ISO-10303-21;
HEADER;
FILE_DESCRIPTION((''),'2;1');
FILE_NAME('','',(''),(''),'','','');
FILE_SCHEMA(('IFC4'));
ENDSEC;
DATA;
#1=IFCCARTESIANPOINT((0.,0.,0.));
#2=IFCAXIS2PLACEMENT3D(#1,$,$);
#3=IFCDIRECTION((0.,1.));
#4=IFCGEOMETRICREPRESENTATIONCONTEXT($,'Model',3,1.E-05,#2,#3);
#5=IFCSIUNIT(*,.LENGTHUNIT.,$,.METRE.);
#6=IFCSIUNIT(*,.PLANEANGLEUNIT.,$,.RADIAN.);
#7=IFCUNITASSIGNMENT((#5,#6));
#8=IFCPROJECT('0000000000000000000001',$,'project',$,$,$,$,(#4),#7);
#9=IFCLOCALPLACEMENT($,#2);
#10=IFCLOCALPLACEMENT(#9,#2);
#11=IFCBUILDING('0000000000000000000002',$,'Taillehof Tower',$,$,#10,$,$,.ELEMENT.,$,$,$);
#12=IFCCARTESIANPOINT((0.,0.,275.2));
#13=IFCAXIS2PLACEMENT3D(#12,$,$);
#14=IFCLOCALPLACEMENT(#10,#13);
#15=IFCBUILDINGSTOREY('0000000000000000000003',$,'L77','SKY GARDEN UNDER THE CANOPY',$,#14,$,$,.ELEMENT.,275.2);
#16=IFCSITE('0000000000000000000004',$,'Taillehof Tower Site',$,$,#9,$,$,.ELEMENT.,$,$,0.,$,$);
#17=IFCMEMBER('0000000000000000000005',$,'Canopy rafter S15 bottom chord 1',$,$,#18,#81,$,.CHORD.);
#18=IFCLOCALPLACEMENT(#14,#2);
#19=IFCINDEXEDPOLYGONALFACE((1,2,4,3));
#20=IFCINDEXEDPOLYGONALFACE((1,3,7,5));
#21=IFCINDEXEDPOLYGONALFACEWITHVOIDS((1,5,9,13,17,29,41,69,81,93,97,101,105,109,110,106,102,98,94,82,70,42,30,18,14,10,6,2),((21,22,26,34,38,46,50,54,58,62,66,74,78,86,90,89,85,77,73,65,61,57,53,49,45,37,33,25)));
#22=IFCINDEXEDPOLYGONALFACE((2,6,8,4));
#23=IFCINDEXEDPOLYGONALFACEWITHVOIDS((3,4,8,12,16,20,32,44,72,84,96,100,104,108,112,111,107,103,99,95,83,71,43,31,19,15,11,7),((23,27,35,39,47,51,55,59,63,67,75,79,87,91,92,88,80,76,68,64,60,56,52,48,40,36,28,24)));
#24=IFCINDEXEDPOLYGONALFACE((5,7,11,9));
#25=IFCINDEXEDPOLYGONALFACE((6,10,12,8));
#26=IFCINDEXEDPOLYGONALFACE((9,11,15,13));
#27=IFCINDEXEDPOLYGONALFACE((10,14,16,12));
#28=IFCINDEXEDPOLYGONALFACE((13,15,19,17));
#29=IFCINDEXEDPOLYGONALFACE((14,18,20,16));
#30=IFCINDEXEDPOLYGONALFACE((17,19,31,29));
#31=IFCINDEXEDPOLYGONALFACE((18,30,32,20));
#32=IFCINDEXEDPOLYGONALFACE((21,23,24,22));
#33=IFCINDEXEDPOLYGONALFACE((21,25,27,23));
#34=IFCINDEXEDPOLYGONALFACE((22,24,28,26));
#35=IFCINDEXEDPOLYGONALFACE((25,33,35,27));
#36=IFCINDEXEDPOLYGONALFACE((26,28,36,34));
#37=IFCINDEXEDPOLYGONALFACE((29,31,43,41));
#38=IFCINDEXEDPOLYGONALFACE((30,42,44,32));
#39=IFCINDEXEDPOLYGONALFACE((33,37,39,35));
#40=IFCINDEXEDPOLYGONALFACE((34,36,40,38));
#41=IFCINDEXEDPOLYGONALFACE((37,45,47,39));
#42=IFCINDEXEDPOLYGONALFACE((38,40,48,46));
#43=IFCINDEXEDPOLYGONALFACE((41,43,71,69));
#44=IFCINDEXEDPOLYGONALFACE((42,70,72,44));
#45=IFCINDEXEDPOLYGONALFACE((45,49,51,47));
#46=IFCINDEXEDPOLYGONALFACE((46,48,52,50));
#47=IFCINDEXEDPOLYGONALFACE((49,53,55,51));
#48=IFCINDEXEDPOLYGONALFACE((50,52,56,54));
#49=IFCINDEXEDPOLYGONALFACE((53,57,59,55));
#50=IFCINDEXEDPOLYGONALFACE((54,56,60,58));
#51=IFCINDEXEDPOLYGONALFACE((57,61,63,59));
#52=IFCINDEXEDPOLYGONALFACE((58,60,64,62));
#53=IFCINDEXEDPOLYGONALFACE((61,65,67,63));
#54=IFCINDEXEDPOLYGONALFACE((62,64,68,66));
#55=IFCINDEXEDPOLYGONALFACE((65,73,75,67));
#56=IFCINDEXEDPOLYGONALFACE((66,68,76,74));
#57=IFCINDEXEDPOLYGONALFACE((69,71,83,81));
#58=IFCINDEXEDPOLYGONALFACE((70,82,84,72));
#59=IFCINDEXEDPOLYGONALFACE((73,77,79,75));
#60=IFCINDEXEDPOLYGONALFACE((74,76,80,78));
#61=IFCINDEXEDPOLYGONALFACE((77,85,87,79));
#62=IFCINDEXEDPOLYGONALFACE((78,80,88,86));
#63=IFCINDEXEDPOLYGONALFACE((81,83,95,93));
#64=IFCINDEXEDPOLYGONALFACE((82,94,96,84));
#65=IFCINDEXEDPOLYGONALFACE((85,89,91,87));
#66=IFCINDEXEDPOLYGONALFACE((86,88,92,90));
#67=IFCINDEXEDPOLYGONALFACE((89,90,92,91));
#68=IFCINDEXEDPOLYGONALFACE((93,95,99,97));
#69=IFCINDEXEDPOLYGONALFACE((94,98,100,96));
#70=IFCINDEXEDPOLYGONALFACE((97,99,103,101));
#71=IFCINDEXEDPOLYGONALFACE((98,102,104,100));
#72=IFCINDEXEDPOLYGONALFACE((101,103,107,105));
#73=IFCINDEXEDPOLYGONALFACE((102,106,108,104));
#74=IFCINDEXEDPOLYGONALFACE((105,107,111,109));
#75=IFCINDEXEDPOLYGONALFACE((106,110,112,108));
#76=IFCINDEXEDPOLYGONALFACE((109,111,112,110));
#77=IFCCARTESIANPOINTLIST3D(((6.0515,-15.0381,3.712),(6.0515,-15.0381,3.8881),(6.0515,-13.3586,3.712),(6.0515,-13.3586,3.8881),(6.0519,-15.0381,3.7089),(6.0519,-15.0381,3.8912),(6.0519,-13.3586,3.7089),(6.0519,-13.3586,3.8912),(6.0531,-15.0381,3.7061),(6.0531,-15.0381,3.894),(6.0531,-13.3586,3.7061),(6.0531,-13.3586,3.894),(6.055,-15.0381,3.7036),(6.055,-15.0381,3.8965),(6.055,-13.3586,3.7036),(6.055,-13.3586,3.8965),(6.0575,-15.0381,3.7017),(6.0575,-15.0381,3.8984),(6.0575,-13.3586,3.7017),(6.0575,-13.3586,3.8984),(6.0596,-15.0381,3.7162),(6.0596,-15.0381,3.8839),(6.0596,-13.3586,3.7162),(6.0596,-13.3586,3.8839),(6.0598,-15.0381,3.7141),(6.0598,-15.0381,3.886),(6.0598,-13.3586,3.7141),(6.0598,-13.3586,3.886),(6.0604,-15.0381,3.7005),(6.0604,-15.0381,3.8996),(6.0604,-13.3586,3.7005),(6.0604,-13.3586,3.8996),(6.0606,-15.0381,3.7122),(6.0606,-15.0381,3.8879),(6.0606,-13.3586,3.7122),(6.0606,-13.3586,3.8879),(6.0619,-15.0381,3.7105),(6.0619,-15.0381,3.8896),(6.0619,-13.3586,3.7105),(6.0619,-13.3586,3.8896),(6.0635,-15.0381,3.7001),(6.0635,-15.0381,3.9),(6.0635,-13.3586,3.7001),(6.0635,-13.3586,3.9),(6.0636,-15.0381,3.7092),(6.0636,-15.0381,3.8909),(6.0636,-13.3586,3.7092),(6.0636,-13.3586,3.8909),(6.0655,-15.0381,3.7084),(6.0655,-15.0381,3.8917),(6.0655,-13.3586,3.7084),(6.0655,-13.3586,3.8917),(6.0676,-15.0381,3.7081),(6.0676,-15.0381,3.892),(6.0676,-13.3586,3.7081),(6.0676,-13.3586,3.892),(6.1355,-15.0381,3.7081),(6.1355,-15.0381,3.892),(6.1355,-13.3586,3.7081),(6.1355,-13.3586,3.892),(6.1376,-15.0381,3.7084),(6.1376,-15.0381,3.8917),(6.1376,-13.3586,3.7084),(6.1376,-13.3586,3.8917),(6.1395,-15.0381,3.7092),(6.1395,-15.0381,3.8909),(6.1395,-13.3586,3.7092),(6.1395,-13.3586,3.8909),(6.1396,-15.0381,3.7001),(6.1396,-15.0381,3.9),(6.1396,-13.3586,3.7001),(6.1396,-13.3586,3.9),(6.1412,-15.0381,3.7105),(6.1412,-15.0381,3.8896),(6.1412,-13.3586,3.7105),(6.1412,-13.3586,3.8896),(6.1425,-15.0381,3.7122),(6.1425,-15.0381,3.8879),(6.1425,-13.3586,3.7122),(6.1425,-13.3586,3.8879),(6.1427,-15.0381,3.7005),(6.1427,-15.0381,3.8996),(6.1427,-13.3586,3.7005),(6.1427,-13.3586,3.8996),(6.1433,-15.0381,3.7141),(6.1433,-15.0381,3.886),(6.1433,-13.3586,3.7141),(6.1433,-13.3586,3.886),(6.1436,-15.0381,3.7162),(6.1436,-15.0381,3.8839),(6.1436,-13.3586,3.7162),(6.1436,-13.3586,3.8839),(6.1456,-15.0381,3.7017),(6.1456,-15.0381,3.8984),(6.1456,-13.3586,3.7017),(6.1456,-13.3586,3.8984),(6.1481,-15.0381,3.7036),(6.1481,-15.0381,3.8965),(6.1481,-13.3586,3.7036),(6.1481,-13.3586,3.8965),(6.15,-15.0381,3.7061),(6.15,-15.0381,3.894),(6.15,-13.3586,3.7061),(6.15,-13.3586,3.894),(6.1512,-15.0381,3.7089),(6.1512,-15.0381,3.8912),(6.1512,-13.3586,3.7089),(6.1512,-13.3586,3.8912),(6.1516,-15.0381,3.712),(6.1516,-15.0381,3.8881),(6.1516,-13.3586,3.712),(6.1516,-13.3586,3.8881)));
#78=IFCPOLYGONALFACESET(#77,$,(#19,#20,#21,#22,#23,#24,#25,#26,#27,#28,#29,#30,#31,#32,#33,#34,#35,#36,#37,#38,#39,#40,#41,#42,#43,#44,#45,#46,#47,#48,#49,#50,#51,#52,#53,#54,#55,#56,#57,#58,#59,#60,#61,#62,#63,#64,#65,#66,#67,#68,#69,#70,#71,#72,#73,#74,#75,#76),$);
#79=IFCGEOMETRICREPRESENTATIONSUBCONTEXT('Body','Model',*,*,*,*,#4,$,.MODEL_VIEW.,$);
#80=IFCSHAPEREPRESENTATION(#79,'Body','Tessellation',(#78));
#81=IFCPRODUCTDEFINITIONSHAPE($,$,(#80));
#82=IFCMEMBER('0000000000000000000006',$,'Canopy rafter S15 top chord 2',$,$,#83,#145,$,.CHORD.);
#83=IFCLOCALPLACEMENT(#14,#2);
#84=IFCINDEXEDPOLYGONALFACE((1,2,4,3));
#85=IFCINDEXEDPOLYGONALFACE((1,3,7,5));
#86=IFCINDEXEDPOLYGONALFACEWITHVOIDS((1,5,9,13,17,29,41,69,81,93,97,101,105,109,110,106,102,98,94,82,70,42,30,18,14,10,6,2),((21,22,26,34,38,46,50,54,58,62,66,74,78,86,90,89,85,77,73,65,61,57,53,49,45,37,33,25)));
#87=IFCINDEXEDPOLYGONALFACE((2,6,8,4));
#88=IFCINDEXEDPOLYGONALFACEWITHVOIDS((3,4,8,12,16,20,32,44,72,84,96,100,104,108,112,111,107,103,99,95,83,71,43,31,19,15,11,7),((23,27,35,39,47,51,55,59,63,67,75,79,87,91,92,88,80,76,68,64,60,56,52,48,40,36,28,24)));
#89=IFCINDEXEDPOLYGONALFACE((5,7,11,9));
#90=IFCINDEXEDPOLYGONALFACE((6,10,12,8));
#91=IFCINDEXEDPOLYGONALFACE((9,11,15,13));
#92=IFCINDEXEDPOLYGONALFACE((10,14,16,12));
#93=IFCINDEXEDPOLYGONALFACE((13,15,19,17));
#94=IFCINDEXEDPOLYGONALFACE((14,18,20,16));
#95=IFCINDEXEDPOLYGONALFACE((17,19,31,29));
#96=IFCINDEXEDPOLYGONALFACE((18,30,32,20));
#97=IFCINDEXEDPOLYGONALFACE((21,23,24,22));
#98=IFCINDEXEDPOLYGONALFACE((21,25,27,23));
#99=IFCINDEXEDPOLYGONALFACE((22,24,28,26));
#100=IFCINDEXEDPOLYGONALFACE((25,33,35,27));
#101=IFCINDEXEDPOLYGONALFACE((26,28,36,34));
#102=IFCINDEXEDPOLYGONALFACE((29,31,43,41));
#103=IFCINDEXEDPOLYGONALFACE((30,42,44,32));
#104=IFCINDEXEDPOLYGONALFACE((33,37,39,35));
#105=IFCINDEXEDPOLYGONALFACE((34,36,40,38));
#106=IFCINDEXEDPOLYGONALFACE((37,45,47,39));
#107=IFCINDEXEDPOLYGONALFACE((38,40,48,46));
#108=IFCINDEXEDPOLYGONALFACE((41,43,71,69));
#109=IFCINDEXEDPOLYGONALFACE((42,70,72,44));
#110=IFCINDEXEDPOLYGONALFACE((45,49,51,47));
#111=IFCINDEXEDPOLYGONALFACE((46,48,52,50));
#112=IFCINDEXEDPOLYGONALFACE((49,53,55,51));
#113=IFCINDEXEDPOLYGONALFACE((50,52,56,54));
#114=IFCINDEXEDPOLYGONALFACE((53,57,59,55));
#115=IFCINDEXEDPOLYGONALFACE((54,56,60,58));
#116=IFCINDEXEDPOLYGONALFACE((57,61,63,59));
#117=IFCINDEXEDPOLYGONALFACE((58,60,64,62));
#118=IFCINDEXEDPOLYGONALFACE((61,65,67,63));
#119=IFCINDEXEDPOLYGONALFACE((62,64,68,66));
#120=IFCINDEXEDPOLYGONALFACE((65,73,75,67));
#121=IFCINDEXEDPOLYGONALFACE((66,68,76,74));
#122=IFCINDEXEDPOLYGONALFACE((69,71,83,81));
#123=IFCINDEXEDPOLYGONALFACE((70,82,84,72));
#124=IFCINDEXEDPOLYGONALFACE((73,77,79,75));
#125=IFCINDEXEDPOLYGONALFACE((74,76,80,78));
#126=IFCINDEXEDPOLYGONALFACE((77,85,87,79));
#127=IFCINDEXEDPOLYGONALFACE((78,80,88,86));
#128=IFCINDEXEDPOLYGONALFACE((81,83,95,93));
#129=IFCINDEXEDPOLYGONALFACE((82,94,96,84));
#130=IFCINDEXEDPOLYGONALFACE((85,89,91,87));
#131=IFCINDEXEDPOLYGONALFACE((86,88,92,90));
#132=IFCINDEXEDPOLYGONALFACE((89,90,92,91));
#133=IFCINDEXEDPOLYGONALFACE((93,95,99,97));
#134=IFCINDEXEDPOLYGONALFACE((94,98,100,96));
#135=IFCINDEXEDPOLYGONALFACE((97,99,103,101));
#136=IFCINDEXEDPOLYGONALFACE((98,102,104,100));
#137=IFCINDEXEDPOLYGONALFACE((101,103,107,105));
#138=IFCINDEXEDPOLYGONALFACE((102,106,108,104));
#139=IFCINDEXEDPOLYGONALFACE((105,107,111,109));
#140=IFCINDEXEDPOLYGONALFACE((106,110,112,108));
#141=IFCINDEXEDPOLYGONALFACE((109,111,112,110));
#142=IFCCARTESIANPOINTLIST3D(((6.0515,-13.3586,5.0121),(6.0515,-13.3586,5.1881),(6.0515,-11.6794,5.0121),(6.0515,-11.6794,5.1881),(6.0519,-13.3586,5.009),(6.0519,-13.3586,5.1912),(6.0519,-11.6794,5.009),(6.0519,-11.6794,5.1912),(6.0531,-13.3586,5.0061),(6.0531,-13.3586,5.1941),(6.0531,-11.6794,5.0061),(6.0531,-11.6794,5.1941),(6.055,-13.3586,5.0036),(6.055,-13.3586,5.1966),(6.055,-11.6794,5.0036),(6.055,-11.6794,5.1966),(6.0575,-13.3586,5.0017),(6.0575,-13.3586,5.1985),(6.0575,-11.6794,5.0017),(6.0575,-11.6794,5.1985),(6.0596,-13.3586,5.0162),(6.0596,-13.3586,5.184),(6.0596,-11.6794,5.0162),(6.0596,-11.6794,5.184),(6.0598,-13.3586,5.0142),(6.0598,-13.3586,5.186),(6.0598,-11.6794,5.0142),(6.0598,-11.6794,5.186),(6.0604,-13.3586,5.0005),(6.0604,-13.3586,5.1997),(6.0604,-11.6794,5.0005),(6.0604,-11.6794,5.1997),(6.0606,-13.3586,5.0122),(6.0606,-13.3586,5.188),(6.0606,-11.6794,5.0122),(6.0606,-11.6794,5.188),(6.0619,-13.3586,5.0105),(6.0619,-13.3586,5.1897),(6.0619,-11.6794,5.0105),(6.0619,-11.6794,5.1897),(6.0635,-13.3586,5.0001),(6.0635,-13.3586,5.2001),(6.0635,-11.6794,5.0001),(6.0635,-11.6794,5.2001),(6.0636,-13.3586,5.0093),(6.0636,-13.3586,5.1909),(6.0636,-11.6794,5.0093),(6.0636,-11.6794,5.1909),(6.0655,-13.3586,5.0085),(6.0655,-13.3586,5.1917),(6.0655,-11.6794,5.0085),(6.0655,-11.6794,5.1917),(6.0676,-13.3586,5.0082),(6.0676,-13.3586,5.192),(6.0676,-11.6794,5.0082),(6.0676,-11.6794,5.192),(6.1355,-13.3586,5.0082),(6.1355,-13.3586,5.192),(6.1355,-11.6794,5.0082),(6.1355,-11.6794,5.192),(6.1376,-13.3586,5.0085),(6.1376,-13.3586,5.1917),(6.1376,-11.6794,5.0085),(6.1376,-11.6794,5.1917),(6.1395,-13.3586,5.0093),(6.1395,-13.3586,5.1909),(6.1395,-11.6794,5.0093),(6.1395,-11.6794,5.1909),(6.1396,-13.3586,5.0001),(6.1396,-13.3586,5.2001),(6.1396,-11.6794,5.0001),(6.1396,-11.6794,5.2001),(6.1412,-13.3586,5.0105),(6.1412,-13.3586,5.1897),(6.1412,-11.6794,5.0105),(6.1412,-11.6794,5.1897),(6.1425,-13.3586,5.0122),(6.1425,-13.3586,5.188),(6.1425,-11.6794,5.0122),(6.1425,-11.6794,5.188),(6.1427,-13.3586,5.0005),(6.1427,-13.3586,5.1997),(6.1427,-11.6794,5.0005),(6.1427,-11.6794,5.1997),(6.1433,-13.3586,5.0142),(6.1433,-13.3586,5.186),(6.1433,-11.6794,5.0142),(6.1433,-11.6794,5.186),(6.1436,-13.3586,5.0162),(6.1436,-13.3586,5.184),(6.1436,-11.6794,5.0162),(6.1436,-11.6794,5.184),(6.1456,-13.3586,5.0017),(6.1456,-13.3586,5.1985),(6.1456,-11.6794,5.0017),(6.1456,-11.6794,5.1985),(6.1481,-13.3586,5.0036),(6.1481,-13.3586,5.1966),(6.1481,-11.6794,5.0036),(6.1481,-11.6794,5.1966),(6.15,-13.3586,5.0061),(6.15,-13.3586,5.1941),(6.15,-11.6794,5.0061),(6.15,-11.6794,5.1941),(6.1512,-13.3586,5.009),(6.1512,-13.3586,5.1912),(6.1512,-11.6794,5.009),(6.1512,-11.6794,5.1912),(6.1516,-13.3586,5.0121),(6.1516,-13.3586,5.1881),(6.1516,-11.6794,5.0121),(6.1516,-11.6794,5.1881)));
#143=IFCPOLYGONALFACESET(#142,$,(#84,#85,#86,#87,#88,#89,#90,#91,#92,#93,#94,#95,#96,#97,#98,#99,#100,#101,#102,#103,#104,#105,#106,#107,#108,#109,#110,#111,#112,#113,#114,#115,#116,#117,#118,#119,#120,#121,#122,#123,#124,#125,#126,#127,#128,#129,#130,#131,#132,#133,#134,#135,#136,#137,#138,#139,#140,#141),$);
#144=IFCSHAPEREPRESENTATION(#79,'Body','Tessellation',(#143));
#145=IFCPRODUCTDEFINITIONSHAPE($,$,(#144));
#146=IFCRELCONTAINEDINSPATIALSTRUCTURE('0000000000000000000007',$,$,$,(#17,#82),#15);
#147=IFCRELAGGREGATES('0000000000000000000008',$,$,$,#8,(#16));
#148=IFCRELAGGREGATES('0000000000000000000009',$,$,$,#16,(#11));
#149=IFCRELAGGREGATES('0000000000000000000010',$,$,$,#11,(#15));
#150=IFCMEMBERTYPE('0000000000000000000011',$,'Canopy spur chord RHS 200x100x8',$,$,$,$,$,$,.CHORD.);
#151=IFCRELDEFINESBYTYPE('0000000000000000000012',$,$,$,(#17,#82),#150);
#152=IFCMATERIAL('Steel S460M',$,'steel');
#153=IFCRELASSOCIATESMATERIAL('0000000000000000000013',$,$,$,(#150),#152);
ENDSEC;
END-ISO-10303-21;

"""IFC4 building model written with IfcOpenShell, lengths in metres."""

from ifc_helpers import new_model, si_unit, direction, frame, origin, origin_2d, place, context, subcontext, project, spatial, hollow_rectangle, extrude, material, material_profile, profile_set, type_object, element, save


model = new_model("IFC4")

# Units and contexts
model_context = context("Model", 3, precision=1e-05, world=origin(), true_north=direction((0.0, 1.0)))
body_context = subcontext(model_context, "Body", "Model", "MODEL_VIEW")
ifc_project = project(units=[si_unit("LENGTHUNIT", "METRE"), si_unit("PLANEANGLEUNIT", "RADIAN")], contexts=[model_context])

# Site, building, storey
site_placement = place(None, origin())
site = spatial("IfcSite", under=ifc_project, at=site_placement, Name="Taillehof Tower Site", CompositionType="ELEMENT", RefElevation=0.0)
building_placement = place(site_placement, origin())
building = spatial("IfcBuilding", under=site, at=building_placement, Name="Taillehof Tower", CompositionType="ELEMENT")
storey_placement = place(building_placement, frame((0.0, 0.0, 275.2)))
storey = spatial("IfcBuildingStorey", under=building, at=storey_placement, Name="L77", Description="SKY GARDEN UNDER THE CANOPY", CompositionType="ELEMENT", Elevation=275.2)

# Members
ifc_material_1 = material(Name="Steel S460M", Category="steel")
ifc_material_profile_1 = material_profile(ifc_material_1, hollow_rectangle(XDim=0.1001, YDim=0.2, WallThickness=0.0081, InnerFilletRadius=0.0081, OuterFilletRadius=0.012, at=origin_2d()), Name="RHS 200x100x8")
ifc_profile_set_1 = profile_set([ifc_material_profile_1], Name="Steel S460M")
member_type_1 = type_object("IfcMemberType", Name="Canopy spur chord RHS 200x100x8", PredefinedType="CHORD", material=ifc_profile_set_1)
for number, where, z_axis, x_axis, name in (
    (1, (6.1016, -15.0381, 3.8), (0.0, 1.0, 0.0), (-1.0, 0.0, 0.0), "Canopy rafter S15 bottom chord 1"),
):
    element("IfcMember", number, at=place(storey_placement, frame(where, z_axis=z_axis, x_axis=x_axis)), inside=storey, type_object=member_type_1, Name=name, PredefinedType="CHORD", context=body_context, shape_type="SweptSolid", body=[
        extrude(hollow_rectangle(XDim=0.1001, YDim=0.2, WallThickness=0.0081, InnerFilletRadius=0.0081, OuterFilletRadius=0.012, at=origin_2d()), origin(), (0.0, 0.0, 1.0), 1.6794),
    ])
for number, where, z_axis, x_axis, name in (
    (2, (6.1016, -13.3586, 5.1001), (0.0, 1.0, 0.0), (-1.0, 0.0, 0.0), "Canopy rafter S15 top chord 2"),
):
    element("IfcMember", number, at=place(storey_placement, frame(where, z_axis=z_axis, x_axis=x_axis)), inside=storey, type_object=member_type_1, Name=name, PredefinedType="CHORD", context=body_context, shape_type="SweptSolid", body=[
        extrude(hollow_rectangle(XDim=0.1001, YDim=0.2, WallThickness=0.0081, InnerFilletRadius=0.0081, OuterFilletRadius=0.012, at=origin_2d()), origin(), (0.0, 0.0, 1.0), 1.6792),
    ])

save(model, "model.ifc")
